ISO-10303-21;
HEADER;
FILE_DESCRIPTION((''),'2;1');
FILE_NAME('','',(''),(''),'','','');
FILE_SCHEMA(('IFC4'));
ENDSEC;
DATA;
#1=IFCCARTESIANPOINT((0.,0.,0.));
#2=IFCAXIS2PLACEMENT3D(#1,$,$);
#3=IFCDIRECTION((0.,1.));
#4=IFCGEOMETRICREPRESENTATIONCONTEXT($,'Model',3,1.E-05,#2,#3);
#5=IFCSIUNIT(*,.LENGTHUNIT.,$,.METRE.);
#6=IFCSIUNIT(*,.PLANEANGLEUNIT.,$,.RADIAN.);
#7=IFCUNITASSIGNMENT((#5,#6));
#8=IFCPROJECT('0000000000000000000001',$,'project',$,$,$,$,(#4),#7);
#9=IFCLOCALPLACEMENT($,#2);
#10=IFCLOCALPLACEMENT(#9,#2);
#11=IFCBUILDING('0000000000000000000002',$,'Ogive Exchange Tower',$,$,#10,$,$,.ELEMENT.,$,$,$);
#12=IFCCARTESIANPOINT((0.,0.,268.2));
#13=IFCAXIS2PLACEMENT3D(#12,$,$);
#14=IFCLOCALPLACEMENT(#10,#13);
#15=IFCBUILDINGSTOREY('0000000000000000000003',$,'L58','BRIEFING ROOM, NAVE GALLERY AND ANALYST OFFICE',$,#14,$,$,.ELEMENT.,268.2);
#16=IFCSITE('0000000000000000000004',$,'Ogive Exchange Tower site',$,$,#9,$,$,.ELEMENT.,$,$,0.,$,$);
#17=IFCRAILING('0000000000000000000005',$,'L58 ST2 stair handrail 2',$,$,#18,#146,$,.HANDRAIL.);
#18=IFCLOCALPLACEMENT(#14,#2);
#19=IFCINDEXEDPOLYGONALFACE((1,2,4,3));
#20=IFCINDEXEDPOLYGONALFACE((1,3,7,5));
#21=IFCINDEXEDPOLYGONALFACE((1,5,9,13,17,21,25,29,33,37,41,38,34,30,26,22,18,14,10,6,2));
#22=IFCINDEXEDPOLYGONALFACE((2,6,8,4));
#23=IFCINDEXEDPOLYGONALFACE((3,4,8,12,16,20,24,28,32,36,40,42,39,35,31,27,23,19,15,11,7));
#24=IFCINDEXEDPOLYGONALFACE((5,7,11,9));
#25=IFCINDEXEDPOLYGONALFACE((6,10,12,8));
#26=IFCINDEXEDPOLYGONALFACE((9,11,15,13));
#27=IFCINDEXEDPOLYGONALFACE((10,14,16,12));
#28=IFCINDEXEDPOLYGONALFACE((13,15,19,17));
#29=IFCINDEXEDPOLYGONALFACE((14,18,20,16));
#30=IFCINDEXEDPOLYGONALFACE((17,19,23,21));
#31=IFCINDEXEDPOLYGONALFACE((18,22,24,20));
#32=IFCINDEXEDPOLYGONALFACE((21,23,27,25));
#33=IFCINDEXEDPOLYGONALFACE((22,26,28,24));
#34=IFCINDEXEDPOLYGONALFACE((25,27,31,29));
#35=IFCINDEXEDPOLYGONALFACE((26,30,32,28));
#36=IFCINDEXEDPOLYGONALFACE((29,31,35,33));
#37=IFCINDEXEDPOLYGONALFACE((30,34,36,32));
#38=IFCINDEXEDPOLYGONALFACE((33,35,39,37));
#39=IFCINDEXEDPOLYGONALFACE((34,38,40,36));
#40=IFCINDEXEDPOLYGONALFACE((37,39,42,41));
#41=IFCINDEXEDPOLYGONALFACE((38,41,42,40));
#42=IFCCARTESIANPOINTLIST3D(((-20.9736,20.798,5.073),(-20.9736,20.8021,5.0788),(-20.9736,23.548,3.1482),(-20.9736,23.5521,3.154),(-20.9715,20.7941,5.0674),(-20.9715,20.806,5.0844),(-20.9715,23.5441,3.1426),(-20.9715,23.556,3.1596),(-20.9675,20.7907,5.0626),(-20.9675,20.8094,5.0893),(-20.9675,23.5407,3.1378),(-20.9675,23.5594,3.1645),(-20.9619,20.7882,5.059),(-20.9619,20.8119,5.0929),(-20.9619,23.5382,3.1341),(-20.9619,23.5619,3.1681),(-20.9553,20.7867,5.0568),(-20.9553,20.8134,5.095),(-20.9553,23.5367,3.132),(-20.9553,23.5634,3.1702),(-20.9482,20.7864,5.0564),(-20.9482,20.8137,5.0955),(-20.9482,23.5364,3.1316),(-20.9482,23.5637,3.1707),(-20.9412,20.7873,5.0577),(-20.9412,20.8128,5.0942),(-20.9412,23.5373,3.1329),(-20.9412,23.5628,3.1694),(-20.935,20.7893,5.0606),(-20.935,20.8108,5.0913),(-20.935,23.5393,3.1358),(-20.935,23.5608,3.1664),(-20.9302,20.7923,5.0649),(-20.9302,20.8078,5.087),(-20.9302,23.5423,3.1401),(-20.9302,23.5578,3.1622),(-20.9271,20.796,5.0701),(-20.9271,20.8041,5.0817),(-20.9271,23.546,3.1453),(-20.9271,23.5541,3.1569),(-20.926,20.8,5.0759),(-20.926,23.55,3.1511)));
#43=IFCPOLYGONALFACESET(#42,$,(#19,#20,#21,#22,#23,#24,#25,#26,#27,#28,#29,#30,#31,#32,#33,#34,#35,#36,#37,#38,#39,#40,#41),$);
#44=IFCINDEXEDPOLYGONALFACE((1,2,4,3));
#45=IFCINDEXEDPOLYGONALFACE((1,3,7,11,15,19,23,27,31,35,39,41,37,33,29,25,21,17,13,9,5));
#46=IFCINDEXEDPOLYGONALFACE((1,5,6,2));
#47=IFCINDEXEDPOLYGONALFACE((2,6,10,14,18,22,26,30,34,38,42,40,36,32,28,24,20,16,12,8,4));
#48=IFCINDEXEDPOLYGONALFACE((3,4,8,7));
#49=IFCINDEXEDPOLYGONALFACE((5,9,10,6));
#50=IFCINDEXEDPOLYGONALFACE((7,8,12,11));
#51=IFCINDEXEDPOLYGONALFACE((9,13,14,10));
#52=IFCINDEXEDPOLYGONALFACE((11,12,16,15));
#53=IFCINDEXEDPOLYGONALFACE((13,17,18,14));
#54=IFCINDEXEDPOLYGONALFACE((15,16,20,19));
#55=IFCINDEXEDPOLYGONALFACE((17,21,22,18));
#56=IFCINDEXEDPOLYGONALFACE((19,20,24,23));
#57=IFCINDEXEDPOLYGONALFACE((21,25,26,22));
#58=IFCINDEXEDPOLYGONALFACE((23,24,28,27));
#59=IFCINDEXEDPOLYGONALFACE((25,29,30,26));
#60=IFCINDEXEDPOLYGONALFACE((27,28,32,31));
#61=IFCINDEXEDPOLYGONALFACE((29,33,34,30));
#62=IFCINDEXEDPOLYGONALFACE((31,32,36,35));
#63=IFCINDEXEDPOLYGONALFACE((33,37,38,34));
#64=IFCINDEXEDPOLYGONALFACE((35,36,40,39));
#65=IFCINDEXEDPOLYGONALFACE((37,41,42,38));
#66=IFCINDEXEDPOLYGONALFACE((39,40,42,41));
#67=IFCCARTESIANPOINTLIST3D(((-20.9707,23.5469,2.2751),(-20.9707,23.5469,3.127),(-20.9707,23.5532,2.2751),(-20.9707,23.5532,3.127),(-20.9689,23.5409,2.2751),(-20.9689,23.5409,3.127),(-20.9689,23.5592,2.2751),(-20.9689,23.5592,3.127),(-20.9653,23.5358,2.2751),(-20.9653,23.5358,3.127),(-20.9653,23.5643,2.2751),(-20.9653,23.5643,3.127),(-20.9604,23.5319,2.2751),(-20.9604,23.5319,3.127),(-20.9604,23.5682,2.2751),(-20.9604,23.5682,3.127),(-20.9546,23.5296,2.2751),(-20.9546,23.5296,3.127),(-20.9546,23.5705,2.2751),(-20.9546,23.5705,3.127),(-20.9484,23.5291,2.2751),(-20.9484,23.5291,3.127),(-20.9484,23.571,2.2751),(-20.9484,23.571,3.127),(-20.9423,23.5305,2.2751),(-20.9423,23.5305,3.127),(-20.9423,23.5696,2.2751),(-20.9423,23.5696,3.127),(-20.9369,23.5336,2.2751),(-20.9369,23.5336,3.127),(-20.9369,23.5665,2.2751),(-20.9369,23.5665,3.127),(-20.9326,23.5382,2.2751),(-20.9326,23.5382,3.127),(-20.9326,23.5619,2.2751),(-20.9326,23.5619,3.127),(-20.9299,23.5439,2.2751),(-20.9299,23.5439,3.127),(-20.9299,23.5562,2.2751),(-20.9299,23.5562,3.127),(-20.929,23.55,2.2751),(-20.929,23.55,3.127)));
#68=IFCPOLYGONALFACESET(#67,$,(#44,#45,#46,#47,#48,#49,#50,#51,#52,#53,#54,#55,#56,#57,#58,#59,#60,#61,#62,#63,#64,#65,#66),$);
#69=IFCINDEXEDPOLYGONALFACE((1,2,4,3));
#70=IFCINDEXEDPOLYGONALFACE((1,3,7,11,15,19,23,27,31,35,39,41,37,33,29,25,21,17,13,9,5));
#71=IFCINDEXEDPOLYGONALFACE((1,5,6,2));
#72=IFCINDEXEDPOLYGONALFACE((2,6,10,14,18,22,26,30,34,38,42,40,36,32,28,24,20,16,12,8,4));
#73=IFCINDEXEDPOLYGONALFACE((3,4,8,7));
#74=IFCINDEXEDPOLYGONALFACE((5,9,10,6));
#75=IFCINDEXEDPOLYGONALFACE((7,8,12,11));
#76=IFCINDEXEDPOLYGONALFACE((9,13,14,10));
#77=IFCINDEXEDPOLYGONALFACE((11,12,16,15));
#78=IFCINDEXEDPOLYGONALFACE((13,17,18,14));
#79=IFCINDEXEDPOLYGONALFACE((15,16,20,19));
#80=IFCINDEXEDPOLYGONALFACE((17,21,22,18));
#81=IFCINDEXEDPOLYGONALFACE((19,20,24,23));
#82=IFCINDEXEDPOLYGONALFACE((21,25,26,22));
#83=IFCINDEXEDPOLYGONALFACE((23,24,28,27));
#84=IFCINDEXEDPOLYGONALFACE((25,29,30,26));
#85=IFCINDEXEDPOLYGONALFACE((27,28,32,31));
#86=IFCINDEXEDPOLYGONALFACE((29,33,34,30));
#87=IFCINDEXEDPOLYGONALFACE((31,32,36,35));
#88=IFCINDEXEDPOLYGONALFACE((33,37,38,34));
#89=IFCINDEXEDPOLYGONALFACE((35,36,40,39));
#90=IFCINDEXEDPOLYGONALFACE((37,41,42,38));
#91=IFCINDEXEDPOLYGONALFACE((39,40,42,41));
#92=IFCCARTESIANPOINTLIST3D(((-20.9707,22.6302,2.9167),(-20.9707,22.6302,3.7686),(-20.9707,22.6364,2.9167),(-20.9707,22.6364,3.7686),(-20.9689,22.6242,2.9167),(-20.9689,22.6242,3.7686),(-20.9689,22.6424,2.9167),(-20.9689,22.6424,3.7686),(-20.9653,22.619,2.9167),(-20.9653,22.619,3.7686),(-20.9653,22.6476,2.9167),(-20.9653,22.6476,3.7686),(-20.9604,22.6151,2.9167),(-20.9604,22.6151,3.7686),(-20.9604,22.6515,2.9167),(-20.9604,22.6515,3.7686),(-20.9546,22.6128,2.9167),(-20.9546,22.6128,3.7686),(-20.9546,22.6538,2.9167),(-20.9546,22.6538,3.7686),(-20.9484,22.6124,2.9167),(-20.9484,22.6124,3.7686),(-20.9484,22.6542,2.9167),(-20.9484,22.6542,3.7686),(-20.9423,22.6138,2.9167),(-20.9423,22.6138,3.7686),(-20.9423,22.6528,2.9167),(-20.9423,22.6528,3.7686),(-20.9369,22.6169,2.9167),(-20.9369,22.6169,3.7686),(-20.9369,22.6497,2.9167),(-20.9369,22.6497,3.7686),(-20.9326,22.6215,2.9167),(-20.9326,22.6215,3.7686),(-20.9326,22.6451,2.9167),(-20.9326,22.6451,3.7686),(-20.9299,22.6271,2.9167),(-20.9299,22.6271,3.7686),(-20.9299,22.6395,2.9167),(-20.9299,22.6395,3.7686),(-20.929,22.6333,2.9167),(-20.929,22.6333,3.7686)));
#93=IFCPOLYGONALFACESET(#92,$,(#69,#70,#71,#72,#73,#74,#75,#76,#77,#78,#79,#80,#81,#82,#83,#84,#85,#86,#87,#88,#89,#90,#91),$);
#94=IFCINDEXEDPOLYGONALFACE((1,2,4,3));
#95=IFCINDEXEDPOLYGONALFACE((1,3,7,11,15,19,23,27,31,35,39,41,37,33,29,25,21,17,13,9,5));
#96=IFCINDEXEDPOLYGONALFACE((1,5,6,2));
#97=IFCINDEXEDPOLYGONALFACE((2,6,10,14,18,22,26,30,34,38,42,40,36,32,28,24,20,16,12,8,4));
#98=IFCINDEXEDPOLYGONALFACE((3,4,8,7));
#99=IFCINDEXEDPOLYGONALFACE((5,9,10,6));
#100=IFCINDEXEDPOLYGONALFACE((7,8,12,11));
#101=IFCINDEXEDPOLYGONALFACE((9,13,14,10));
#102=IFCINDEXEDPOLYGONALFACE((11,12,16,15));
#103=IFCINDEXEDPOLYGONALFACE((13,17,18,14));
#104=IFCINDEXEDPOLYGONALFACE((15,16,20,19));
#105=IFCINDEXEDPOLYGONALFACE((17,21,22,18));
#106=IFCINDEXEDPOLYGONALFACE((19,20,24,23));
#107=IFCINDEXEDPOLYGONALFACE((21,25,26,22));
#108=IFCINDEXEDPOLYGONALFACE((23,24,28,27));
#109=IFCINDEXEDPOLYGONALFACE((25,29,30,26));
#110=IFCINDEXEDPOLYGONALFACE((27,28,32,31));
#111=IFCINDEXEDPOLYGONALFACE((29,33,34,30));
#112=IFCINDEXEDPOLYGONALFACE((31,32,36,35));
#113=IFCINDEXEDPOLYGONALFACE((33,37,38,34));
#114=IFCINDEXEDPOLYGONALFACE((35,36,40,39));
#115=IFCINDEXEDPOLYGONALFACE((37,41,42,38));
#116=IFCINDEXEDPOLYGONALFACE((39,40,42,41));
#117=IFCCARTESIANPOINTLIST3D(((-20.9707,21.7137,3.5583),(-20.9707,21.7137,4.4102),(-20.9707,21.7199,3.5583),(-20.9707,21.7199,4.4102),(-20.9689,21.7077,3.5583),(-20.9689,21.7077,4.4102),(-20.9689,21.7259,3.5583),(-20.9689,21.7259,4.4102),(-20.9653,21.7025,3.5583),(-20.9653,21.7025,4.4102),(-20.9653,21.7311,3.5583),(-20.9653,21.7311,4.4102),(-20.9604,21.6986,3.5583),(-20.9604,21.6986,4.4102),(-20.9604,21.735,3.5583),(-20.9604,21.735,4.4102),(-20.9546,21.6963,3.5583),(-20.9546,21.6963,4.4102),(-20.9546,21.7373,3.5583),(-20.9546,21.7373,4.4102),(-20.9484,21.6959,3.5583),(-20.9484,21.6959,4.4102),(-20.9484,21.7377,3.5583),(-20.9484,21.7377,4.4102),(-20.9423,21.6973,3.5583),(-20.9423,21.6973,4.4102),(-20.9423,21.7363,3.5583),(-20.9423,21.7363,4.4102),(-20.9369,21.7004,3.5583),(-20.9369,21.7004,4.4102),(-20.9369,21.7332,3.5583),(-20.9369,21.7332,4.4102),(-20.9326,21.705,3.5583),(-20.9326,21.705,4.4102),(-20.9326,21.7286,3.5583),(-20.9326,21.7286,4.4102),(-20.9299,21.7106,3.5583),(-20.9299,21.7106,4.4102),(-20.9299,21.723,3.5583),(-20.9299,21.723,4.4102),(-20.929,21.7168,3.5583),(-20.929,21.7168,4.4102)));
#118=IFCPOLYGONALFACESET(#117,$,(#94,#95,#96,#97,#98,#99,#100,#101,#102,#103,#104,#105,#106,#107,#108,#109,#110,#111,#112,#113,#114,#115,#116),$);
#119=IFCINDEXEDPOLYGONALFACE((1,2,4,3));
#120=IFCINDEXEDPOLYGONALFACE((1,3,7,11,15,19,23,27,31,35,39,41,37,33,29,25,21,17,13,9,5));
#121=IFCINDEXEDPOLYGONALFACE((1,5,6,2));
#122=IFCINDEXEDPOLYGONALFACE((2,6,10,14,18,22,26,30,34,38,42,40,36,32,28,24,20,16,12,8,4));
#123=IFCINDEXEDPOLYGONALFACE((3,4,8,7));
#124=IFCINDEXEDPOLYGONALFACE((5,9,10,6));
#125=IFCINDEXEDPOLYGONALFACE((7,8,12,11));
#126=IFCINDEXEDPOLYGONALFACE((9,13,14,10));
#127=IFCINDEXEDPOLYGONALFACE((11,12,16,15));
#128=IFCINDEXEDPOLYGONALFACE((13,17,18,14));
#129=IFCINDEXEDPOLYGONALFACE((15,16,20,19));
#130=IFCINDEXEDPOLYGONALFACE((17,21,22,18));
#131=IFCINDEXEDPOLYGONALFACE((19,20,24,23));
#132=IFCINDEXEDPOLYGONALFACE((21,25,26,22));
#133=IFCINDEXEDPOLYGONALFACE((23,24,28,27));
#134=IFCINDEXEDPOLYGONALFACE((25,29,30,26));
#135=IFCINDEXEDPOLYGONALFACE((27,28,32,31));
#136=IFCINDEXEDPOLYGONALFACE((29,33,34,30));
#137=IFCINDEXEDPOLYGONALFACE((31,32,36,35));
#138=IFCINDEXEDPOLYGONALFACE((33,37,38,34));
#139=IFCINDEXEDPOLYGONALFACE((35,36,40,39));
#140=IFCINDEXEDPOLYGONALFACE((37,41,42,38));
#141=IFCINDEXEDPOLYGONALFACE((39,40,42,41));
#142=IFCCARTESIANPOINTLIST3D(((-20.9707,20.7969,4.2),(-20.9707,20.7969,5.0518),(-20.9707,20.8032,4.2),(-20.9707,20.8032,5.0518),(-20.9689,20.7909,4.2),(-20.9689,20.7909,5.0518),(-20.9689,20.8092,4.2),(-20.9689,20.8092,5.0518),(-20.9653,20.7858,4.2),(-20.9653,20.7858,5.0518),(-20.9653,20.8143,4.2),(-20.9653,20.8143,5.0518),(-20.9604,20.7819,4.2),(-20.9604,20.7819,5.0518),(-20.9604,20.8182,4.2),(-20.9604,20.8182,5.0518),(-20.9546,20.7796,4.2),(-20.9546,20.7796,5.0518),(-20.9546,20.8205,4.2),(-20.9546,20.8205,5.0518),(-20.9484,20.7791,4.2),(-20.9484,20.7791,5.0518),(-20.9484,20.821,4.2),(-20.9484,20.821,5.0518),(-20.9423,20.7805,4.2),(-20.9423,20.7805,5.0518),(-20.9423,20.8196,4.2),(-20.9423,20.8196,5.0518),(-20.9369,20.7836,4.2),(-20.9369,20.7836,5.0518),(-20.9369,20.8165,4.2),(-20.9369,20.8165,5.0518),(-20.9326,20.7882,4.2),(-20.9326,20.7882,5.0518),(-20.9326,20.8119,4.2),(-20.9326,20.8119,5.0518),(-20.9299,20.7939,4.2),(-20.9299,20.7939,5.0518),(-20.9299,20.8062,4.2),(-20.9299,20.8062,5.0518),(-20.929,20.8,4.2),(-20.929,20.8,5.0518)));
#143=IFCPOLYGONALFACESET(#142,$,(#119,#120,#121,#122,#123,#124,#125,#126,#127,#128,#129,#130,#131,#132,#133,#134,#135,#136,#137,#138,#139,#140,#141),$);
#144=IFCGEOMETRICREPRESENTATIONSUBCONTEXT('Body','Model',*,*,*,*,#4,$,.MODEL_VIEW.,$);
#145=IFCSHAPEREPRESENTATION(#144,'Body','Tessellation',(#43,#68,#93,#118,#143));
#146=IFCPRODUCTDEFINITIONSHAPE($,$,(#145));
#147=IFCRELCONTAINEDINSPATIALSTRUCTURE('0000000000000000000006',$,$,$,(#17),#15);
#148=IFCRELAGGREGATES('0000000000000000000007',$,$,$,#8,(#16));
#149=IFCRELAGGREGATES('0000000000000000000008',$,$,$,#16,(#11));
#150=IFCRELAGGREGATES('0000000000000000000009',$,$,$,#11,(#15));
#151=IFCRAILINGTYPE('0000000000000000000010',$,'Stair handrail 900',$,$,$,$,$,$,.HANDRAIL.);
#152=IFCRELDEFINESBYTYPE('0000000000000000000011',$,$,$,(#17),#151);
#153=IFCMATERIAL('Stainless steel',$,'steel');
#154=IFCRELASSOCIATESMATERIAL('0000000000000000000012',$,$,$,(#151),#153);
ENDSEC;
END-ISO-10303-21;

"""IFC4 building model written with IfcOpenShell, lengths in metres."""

from ifc_helpers import new_model, si_unit, direction, frame, origin, origin_2d, place, context, subcontext, project, spatial, circle, extrude, material, type_object, element, save


model = new_model("IFC4")

# Units and contexts
model_context = context("Model", 3, precision=1e-05, world=origin(), true_north=direction((0.0, 1.0)))
body_context = subcontext(model_context, "Body", "Model", "MODEL_VIEW")
ifc_project = project(units=[si_unit("LENGTHUNIT", "METRE"), si_unit("PLANEANGLEUNIT", "RADIAN")], contexts=[model_context])

# Site, building, storey
site_placement = place(None, origin())
site = spatial("IfcSite", under=ifc_project, at=site_placement, Name="Ogive Exchange Tower site", CompositionType="ELEMENT", RefElevation=0.0)
building_placement = place(site_placement, origin())
building = spatial("IfcBuilding", under=site, at=building_placement, Name="Ogive Exchange Tower", CompositionType="ELEMENT")
storey_placement = place(building_placement, frame((0.0, 0.0, 268.2)))
storey = spatial("IfcBuildingStorey", under=building, at=storey_placement, Name="L58", Description="BRIEFING ROOM, NAVE GALLERY AND ANALYST OFFICE", CompositionType="ELEMENT", Elevation=268.2)

# Railing
ifc_material_1 = material(Name="Stainless steel", Category="steel")
railing_type = type_object("IfcRailingType", Name="Stair handrail 900", PredefinedType="HANDRAIL", material=ifc_material_1)
railing_placement = place(storey_placement, frame((-20.95, 23.55, 2.2751)))
element("IfcRailing", 1, at=railing_placement, inside=storey, type_object=railing_type, Name="L58 ST2 stair handrail 2", PredefinedType="HANDRAIL", context=body_context, shape_type="SweptSolid", body=[
    extrude(circle(Radius=0.0239, at=origin_2d()), frame((0.0, 0.0, 0.876), z_axis=(0.0, -0.819259, 0.573423), x_axis=(1.0, 0.0, 0.0)), (0.0, 0.0, 1.0), 3.3567),
    extrude(circle(Radius=0.021, at=origin_2d()), origin(), (0.0, 0.0, 1.0), 0.8518),
    extrude(circle(Radius=0.021, at=origin_2d()), frame((0.0, -0.9167, 0.6416)), (0.0, 0.0, 1.0), 0.8518),
    extrude(circle(Radius=0.021, at=origin_2d()), frame((0.0, -1.8333, 1.2832)), (0.0, 0.0, 1.0), 0.8518),
    extrude(circle(Radius=0.021, at=origin_2d()), frame((0.0, -2.75, 1.9248)), (0.0, 0.0, 1.0), 0.8518),
])

save(model, "model.ifc")
